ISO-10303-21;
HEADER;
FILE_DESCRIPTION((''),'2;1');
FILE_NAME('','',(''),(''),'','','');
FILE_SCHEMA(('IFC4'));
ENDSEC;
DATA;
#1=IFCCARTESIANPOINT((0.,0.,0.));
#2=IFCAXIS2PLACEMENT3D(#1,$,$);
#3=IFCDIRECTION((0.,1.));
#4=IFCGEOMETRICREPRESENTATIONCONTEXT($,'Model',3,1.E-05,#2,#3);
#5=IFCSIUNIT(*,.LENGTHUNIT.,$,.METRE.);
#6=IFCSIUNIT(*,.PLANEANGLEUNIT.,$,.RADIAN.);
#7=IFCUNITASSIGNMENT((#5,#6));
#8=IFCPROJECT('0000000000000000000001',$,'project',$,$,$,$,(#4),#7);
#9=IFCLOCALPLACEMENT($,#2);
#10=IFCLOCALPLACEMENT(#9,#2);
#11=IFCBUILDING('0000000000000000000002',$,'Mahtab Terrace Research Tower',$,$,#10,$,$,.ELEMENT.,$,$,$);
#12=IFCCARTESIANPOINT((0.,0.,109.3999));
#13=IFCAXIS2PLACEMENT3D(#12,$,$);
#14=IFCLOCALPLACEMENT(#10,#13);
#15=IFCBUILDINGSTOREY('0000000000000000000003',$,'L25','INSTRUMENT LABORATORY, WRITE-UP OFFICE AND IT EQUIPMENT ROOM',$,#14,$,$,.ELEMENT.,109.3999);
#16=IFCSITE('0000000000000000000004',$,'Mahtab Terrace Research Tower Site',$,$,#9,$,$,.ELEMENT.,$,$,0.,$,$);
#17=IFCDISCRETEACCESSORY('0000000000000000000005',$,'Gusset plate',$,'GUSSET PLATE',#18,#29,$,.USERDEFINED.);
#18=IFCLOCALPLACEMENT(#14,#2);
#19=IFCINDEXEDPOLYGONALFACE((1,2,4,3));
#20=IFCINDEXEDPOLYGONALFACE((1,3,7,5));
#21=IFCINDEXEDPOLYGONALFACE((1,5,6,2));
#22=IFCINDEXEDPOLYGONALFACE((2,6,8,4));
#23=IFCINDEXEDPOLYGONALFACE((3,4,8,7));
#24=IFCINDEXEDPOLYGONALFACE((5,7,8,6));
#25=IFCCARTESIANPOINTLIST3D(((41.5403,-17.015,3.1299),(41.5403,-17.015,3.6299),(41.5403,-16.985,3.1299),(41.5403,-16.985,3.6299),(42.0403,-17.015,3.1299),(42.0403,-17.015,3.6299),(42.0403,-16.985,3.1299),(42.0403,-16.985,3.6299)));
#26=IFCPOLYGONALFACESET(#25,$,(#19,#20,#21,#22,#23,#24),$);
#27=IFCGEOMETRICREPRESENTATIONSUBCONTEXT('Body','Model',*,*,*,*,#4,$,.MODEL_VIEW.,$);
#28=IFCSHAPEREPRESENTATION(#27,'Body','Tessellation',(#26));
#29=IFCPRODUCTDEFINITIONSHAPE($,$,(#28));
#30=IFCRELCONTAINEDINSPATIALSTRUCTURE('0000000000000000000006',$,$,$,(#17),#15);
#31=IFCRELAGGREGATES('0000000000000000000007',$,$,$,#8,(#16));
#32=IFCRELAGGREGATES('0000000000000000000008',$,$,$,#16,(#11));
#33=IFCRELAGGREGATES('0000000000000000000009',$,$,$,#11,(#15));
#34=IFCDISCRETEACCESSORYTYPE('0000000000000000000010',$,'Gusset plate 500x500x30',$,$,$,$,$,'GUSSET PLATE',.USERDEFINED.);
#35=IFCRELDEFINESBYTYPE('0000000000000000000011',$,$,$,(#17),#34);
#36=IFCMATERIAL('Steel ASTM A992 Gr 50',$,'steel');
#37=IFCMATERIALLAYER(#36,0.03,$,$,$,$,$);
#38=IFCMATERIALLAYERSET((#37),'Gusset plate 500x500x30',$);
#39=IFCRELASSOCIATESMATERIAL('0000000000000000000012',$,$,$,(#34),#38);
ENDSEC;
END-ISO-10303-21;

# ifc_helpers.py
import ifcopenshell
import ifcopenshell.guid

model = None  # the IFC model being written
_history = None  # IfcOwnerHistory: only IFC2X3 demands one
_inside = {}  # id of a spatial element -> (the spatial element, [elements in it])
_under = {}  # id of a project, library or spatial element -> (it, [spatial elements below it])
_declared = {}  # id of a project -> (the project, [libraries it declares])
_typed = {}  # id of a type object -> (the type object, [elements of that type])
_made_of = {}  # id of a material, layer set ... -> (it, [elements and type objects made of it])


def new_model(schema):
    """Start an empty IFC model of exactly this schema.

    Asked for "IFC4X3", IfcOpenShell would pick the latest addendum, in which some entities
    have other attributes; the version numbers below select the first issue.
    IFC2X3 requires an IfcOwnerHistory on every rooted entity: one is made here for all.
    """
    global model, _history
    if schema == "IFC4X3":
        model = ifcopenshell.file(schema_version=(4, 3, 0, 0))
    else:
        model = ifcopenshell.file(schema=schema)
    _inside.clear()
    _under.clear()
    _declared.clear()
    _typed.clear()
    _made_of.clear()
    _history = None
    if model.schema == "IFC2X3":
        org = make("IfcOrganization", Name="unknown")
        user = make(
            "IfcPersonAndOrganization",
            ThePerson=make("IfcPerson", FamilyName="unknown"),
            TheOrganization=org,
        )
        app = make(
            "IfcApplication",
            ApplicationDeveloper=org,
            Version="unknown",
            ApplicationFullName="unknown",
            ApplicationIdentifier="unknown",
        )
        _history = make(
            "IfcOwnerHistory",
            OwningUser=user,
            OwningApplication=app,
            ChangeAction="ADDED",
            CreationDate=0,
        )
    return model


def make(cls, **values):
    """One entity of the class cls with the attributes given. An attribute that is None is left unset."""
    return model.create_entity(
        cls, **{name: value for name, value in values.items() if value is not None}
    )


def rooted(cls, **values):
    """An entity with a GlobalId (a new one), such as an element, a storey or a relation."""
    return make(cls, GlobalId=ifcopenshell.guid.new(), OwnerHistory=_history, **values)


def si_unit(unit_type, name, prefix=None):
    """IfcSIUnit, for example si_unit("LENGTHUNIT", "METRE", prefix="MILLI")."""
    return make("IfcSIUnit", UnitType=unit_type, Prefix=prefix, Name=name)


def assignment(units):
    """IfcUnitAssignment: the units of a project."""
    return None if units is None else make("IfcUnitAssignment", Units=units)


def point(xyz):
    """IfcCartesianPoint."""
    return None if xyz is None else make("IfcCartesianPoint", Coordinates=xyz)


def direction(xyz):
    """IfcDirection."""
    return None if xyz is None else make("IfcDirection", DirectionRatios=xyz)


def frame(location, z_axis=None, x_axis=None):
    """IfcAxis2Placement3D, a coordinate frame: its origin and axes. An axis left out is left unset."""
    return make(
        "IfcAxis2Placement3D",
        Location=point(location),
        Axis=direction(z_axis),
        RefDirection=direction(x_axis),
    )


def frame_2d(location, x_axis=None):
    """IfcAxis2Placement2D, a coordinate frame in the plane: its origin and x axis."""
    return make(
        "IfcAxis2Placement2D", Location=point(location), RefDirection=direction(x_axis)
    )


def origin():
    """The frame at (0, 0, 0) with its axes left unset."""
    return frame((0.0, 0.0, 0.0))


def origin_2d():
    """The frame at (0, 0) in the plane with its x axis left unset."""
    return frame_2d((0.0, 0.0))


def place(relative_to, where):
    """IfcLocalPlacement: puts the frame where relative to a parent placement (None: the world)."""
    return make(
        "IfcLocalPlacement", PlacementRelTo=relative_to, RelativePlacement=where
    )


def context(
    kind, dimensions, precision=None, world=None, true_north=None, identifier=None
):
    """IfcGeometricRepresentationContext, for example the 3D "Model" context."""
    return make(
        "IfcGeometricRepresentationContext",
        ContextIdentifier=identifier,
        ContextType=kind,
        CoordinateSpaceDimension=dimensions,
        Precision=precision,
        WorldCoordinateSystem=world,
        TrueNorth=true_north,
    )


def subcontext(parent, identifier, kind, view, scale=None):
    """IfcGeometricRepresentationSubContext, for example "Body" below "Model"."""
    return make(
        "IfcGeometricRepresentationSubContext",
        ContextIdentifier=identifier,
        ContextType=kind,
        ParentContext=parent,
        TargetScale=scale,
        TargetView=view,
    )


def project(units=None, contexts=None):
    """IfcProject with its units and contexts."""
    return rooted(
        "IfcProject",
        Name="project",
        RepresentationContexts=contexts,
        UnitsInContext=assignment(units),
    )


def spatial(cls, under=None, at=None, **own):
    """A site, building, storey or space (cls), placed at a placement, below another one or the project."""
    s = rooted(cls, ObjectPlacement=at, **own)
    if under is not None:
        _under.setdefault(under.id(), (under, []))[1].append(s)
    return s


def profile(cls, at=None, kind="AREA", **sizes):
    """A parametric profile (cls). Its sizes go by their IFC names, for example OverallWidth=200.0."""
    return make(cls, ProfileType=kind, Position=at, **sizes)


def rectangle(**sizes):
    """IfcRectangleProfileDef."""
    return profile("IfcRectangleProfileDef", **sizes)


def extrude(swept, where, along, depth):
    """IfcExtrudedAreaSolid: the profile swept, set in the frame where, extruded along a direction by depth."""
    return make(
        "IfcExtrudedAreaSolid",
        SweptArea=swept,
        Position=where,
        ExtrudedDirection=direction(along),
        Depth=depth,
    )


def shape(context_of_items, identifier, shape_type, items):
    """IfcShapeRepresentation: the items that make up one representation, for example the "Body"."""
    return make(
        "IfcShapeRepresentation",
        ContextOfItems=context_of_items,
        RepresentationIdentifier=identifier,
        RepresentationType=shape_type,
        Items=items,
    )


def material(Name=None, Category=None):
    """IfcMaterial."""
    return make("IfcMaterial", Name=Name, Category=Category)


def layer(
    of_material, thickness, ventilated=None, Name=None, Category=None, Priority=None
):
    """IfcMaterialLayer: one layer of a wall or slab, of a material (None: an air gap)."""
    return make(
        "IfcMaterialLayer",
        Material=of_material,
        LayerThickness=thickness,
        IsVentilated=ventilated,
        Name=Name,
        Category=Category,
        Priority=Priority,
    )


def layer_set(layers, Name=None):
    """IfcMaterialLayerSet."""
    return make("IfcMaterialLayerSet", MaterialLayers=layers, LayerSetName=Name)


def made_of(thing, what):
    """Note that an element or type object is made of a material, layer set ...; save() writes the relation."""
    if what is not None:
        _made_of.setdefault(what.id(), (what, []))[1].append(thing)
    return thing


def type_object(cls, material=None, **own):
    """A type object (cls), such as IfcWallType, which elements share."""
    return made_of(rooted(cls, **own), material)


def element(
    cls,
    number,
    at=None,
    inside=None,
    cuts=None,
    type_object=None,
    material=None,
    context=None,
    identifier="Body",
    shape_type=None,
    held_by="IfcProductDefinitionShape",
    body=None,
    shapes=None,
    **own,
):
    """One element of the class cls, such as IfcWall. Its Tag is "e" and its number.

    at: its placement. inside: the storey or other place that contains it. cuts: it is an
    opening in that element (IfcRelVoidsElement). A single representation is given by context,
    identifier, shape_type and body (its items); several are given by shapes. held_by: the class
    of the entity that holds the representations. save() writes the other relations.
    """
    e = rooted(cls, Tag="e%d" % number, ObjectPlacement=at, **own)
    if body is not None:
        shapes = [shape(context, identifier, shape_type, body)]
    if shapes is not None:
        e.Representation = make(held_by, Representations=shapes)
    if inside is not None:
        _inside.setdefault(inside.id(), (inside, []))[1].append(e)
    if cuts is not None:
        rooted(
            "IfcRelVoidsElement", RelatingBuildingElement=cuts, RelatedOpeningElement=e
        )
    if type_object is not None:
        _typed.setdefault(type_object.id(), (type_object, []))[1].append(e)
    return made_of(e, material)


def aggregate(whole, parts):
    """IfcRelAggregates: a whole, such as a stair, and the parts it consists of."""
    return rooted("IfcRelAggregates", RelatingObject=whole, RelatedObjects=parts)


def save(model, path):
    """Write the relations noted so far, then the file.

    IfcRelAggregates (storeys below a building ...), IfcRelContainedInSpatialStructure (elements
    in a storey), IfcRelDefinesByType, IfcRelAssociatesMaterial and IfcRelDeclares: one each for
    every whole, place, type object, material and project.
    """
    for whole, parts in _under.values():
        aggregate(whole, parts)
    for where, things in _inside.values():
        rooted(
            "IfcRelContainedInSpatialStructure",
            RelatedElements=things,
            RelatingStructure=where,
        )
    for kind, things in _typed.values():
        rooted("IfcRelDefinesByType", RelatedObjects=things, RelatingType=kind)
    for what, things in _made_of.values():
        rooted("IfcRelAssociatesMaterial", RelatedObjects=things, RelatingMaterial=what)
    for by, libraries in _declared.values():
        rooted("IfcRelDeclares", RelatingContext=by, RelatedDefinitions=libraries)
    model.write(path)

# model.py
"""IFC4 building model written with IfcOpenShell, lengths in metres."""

from ifc_helpers import new_model, si_unit, direction, frame, origin, origin_2d, place, context, subcontext, project, spatial, rectangle, extrude, material, layer, layer_set, type_object, element, save


model = new_model("IFC4")

# Units and contexts
model_context = context("Model", 3, precision=1e-05, world=origin(), true_north=direction((0.0, 1.0)))
body_context = subcontext(model_context, "Body", "Model", "MODEL_VIEW")
ifc_project = project(units=[si_unit("LENGTHUNIT", "METRE"), si_unit("PLANEANGLEUNIT", "RADIAN")], contexts=[model_context])

# Site, building, storey
site_placement = place(None, origin())
site = spatial("IfcSite", under=ifc_project, at=site_placement, Name="Mahtab Terrace Research Tower Site", CompositionType="ELEMENT", RefElevation=0.0)
building_placement = place(site_placement, origin())
building = spatial("IfcBuilding", under=site, at=building_placement, Name="Mahtab Terrace Research Tower", CompositionType="ELEMENT")
storey_placement = place(building_placement, frame((0.0, 0.0, 109.3999)))
storey = spatial("IfcBuildingStorey", under=building, at=storey_placement, Name="L25", Description="INSTRUMENT LABORATORY, WRITE-UP OFFICE AND IT EQUIPMENT ROOM", CompositionType="ELEMENT", Elevation=109.3999)

# Shared definitions
ifc_material_1 = material(Name="Steel ASTM A992 Gr 50", Category="steel")

# Discrete accessory
ifc_layer_1 = layer(ifc_material_1, 0.03)
ifc_layer_set_1 = layer_set([ifc_layer_1], Name="Gusset plate 500x500x30")
discrete_accessory_type = type_object("IfcDiscreteAccessoryType", Name="Gusset plate 500x500x30", ElementType="GUSSET PLATE", PredefinedType="USERDEFINED", material=ifc_layer_set_1)
for number, where, z_axis, x_axis, name in (
    (1, (41.7903, -17.0, 3.1299), (0.0, 0.0, 1.0), (1.0, 0.0, 0.0), "Gusset plate"),
):
    element("IfcDiscreteAccessory", number, at=place(storey_placement, frame(where, z_axis=z_axis, x_axis=x_axis)), inside=storey, type_object=discrete_accessory_type, Name=name, ObjectType="GUSSET PLATE", PredefinedType="USERDEFINED", context=body_context, shape_type="SweptSolid", body=[
        extrude(rectangle(XDim=0.5, YDim=0.03, at=origin_2d()), origin(), (0.0, 0.0, 1.0), 0.5),
    ])

save(model, "model.ifc")
